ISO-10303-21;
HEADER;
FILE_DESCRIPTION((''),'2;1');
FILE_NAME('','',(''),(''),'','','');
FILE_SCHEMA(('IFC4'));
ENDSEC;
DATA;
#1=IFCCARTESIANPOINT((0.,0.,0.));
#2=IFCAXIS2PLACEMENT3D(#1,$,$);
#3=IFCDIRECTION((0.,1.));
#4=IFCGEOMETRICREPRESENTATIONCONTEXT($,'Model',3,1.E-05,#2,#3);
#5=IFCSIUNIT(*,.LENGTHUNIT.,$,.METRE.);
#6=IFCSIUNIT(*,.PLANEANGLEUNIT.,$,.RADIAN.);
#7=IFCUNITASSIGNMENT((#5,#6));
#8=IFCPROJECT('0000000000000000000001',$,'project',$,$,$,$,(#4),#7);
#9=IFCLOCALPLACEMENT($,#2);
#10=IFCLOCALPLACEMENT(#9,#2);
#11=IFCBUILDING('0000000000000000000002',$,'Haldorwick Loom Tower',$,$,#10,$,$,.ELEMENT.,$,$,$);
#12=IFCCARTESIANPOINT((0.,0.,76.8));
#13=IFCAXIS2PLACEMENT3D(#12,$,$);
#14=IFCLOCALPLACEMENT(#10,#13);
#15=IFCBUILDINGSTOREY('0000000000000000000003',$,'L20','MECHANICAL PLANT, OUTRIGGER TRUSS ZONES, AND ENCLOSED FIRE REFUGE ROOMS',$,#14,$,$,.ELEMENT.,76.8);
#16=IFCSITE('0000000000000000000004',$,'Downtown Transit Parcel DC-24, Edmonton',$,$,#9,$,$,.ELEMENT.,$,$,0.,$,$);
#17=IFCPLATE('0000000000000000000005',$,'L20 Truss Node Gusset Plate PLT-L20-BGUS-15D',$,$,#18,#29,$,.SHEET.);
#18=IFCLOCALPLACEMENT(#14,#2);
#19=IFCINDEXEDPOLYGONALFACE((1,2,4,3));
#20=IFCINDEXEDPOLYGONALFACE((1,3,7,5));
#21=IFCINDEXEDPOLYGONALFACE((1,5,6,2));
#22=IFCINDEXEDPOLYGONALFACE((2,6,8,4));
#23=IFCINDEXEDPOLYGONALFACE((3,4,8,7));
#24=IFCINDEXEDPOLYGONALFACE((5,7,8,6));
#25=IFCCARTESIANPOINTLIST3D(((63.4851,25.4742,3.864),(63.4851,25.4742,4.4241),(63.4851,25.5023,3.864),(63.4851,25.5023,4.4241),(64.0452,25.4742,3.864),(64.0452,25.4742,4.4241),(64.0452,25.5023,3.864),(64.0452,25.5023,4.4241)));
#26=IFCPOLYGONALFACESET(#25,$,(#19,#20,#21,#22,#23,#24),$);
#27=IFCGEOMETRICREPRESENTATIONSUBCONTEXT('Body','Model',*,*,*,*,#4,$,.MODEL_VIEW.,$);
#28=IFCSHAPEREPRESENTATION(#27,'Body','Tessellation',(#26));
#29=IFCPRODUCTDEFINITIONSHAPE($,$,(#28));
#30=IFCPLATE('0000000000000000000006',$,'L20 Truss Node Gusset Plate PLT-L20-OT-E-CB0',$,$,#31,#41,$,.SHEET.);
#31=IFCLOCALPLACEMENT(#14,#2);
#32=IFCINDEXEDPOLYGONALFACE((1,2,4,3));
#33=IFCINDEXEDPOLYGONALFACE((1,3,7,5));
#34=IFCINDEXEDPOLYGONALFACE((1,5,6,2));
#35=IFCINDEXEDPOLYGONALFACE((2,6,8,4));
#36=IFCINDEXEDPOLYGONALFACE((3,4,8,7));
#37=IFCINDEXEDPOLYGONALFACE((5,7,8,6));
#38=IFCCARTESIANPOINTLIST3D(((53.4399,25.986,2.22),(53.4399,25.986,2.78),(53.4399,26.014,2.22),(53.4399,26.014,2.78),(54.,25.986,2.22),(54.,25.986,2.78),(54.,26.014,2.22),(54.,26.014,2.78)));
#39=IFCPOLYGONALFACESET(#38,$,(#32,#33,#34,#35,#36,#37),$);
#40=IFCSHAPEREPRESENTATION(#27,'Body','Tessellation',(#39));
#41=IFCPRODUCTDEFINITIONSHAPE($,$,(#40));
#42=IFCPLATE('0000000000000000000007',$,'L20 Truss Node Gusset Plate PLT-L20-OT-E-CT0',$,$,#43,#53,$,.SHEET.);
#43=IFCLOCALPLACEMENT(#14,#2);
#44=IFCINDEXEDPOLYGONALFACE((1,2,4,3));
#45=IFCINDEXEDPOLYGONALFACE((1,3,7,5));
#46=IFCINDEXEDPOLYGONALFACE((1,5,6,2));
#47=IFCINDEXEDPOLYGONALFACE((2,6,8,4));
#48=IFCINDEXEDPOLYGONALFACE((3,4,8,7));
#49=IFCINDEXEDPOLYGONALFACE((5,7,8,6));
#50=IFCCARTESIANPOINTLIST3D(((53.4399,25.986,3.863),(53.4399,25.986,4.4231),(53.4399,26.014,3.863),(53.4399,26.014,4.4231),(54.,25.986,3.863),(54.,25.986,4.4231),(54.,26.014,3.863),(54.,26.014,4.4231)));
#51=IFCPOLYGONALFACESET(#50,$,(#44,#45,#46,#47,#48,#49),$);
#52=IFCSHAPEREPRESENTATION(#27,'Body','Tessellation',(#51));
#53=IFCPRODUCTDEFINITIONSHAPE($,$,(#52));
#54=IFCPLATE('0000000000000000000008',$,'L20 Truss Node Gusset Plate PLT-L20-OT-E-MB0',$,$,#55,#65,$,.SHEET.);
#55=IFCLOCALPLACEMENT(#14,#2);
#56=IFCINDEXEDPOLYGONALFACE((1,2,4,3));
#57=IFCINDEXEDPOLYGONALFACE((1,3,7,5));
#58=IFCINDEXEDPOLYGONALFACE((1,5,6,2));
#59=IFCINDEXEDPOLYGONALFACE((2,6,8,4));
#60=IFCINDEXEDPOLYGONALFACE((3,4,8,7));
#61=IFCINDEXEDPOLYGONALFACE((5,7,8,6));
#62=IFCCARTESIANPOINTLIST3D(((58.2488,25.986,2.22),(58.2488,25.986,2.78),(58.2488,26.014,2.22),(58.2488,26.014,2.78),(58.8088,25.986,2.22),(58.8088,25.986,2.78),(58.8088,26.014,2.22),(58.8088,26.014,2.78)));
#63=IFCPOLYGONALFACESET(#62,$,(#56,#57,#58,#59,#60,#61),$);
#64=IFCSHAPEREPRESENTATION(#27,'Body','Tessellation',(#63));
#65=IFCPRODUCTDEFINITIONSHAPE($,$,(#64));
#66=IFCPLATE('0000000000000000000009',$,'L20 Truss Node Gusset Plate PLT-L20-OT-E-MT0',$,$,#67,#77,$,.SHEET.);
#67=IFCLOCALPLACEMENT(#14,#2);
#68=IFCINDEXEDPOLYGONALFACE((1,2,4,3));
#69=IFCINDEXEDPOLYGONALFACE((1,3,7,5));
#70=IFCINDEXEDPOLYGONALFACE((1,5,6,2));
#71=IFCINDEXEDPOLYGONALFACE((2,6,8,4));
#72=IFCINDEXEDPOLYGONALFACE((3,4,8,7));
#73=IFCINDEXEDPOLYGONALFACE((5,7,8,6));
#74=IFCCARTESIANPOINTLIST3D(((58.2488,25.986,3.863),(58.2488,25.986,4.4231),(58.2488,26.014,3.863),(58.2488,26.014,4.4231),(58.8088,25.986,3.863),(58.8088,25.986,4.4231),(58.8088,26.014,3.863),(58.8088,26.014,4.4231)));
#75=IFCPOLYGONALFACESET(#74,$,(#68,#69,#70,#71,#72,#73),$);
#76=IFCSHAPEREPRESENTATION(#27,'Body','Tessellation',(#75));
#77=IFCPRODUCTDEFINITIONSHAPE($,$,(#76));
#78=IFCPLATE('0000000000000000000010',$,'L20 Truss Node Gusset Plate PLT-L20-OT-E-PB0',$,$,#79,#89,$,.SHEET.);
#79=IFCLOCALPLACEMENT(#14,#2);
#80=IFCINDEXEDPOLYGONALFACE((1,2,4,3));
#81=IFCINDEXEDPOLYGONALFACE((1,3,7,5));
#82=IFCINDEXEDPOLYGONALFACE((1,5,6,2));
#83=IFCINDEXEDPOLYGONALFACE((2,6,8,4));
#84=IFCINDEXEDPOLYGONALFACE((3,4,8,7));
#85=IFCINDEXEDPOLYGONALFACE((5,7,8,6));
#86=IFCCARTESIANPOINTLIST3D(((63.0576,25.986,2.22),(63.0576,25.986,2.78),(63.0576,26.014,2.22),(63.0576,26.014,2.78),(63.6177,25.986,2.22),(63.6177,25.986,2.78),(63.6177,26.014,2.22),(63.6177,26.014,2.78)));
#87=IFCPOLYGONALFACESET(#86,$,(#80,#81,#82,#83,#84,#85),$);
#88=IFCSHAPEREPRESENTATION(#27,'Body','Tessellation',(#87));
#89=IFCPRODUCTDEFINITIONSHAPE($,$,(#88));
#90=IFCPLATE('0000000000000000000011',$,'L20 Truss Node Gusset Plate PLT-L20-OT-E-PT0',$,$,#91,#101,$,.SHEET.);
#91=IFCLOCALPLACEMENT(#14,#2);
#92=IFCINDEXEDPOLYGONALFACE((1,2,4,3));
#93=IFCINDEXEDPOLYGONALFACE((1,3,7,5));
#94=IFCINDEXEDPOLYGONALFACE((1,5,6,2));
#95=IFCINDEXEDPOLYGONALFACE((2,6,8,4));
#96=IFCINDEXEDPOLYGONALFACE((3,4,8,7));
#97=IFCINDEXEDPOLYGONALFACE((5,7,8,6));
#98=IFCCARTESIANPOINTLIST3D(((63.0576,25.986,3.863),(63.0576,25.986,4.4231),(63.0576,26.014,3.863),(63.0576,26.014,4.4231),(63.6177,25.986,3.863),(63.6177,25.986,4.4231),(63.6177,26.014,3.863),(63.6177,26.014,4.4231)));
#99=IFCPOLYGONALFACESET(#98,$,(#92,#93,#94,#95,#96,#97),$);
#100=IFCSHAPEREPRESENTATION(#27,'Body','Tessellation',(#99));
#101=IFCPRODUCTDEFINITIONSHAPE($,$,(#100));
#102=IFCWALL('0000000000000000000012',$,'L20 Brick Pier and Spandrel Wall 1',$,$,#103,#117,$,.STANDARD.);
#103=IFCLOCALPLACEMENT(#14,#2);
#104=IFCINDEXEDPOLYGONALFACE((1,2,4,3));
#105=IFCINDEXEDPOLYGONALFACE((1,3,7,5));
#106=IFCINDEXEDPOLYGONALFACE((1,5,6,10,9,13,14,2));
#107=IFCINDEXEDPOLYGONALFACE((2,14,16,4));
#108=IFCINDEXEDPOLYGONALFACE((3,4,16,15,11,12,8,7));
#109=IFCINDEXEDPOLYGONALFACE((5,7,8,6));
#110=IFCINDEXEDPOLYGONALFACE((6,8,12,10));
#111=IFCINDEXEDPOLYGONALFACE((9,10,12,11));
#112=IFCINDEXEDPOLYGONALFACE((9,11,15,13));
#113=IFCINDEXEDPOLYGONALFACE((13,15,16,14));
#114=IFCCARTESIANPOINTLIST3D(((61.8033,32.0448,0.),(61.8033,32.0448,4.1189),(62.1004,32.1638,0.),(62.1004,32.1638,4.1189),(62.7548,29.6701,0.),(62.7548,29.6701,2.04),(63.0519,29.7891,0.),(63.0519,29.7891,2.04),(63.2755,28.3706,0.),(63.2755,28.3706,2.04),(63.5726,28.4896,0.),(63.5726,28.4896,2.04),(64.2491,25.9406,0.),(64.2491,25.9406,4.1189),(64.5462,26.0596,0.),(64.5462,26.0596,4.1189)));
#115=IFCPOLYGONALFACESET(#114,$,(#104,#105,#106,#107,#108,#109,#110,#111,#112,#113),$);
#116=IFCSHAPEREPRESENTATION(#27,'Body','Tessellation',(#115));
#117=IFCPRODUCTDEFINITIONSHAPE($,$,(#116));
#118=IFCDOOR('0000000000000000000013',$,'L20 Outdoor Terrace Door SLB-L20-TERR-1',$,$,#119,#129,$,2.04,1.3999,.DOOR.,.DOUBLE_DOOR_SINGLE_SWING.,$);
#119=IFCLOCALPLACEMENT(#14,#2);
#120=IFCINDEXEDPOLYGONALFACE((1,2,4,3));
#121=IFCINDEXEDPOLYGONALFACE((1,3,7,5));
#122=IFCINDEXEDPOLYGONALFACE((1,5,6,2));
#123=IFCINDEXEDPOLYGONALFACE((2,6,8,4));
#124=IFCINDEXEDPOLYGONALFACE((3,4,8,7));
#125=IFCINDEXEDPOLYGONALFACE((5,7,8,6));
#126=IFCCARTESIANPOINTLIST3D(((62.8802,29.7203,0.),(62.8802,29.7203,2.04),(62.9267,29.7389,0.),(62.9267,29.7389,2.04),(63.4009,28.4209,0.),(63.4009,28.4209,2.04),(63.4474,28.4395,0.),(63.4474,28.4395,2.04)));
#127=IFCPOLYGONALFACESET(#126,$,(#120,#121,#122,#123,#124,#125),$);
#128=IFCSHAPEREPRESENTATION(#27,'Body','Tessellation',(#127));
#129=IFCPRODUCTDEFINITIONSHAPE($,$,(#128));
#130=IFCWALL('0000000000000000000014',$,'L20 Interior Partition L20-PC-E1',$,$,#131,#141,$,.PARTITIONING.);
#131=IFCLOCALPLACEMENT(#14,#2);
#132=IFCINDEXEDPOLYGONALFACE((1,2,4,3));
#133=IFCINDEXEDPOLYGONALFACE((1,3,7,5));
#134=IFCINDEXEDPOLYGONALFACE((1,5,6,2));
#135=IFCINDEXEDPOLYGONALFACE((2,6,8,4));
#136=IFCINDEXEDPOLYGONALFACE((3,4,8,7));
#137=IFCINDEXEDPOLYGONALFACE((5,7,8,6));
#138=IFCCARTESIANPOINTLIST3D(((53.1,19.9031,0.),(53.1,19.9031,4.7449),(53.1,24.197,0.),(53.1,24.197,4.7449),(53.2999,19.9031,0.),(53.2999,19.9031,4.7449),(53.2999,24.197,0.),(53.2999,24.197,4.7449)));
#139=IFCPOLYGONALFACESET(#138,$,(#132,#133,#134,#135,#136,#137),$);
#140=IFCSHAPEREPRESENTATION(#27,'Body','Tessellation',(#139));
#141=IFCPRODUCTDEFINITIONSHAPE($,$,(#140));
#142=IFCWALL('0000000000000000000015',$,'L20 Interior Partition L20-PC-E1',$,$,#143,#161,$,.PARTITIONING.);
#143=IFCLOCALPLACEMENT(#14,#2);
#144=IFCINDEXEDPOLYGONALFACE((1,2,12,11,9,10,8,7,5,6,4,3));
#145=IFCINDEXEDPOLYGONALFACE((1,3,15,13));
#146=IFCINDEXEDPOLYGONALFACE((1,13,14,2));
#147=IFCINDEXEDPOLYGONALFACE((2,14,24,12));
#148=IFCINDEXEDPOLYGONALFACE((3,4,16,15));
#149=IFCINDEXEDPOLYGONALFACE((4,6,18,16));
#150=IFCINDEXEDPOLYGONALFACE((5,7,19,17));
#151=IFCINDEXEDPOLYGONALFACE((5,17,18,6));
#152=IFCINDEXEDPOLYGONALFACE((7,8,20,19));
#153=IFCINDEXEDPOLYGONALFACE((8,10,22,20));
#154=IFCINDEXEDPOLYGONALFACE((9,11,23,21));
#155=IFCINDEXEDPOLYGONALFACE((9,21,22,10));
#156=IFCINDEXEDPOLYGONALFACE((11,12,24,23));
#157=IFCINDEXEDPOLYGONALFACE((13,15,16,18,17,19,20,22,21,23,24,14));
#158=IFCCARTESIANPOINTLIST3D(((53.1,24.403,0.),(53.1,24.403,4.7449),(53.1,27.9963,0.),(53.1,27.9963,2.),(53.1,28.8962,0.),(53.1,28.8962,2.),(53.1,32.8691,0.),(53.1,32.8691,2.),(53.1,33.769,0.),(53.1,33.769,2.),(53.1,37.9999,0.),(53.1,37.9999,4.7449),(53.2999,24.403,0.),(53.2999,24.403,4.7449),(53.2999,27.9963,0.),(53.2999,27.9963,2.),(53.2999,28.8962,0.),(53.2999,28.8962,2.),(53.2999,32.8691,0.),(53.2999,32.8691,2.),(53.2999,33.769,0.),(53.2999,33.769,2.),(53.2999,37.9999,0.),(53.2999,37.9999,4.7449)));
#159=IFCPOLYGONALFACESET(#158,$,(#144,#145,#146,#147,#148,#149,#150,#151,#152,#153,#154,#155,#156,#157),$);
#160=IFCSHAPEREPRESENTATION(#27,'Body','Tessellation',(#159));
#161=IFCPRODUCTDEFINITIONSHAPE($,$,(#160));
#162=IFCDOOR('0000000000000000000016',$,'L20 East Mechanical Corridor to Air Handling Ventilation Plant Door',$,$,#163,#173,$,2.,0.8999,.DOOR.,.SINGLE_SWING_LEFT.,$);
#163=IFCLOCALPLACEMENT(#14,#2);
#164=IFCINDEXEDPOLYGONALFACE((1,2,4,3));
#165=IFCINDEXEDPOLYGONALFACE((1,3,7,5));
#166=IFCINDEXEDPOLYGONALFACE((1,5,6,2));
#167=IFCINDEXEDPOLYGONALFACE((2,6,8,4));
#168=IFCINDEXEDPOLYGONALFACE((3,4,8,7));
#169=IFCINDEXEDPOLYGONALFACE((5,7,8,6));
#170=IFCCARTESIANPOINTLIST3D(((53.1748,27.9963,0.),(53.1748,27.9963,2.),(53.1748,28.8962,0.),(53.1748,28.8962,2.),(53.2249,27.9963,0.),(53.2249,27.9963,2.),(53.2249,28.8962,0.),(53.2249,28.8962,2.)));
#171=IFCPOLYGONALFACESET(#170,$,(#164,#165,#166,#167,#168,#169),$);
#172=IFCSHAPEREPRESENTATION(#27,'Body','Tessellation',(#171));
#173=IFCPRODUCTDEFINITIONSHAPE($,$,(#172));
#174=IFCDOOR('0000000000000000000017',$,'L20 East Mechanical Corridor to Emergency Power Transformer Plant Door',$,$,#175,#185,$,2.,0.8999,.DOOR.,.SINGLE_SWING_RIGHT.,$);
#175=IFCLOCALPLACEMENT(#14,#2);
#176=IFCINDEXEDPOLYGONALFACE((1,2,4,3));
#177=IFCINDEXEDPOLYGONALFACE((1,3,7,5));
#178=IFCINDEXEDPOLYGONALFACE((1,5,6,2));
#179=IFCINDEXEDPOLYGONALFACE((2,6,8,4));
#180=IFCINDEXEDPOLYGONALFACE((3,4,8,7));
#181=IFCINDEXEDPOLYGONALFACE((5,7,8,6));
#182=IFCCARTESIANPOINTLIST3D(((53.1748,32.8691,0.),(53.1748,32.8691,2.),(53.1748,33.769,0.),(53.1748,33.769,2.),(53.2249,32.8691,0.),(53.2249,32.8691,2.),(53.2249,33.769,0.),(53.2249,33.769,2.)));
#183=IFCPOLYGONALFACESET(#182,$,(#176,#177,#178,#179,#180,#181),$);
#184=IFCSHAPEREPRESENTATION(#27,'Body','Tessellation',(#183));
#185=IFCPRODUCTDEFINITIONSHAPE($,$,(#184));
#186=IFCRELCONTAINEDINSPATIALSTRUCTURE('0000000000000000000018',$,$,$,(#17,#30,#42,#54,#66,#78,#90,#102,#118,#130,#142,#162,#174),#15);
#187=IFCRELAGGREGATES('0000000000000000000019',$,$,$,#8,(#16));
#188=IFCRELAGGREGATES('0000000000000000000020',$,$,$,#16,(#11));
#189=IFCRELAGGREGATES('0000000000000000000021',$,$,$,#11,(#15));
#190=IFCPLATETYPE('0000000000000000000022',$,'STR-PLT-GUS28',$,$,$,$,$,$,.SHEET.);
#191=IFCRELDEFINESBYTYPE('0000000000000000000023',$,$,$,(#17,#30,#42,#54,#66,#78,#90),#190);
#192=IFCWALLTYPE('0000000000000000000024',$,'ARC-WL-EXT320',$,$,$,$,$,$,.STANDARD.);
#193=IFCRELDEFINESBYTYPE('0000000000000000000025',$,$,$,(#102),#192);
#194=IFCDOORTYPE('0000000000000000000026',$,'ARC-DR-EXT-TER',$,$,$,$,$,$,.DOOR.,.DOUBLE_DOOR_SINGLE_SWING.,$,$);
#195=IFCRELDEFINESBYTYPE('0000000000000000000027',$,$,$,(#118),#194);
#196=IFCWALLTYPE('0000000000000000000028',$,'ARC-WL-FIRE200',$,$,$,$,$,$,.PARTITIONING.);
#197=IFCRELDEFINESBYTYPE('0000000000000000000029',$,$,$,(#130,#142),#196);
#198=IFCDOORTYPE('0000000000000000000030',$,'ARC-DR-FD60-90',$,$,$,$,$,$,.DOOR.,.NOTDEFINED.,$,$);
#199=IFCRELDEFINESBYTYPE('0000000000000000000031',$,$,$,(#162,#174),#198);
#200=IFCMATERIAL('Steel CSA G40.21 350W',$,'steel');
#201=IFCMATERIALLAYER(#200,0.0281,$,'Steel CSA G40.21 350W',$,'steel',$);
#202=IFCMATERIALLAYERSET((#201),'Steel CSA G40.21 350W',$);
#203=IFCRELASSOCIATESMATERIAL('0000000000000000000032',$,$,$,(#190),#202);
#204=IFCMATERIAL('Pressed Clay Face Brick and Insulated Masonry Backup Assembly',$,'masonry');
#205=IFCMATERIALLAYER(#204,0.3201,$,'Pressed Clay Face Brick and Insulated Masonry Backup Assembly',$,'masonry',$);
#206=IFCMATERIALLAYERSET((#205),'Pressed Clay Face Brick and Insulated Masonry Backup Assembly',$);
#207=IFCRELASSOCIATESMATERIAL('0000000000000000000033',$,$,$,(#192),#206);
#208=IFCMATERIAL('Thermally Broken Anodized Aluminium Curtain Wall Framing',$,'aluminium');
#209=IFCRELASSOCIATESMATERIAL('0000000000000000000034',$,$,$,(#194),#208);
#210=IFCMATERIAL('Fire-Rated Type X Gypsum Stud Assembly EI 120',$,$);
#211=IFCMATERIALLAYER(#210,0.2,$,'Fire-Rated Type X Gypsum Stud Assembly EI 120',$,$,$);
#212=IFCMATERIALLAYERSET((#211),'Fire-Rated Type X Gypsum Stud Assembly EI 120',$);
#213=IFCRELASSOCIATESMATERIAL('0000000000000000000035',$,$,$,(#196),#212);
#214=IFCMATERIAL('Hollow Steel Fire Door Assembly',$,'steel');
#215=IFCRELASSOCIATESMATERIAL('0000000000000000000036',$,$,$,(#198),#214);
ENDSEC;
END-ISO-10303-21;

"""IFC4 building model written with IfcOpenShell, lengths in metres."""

from ifc_helpers import new_model, si_unit, direction, frame, frame_2d, origin, origin_2d, place, context, subcontext, project, spatial, rectangle, extrude, material, layer, layer_set, type_object, element, fill, save


model = new_model("IFC4")

# Units and contexts
model_context = context("Model", 3, precision=1e-05, world=origin(), true_north=direction((0.0, 1.0)))
body_context = subcontext(model_context, "Body", "Model", "MODEL_VIEW")
ifc_project = project(units=[si_unit("LENGTHUNIT", "METRE"), si_unit("PLANEANGLEUNIT", "RADIAN")], contexts=[model_context])

# Site, building, storey
site_placement = place(None, origin())
site = spatial("IfcSite", under=ifc_project, at=site_placement, Name="Downtown Transit Parcel DC-24, Edmonton", CompositionType="ELEMENT", RefElevation=0.0)
building_placement = place(site_placement, origin())
building = spatial("IfcBuilding", under=site, at=building_placement, Name="Haldorwick Loom Tower", CompositionType="ELEMENT")
storey_placement = place(building_placement, frame((0.0, 0.0, 76.8)))
storey = spatial("IfcBuildingStorey", under=building, at=storey_placement, Name="L20", Description="MECHANICAL PLANT, OUTRIGGER TRUSS ZONES, AND ENCLOSED FIRE REFUGE ROOMS", CompositionType="ELEMENT", Elevation=76.8)

# Shared definitions
ifc_material_1 = material(Name="Steel CSA G40.21 350W", Category="steel")

# Plates
ifc_layer_1 = layer(ifc_material_1, 0.0281, Name="Steel CSA G40.21 350W", Category="steel")
ifc_layer_set_1 = layer_set([ifc_layer_1], Name="Steel CSA G40.21 350W")
plate_type = type_object("IfcPlateType", Name="STR-PLT-GUS28", PredefinedType="SHEET", material=ifc_layer_set_1)
for number, where, z_axis, x_axis, name in (
    (1, (63.7651, 25.4883, 3.864), (0.0, 0.0, 1.0), (1.0, 0.0, 0.0), "L20 Truss Node Gusset Plate PLT-L20-BGUS-15D"),
    (2, (53.72, 26.0, 2.22), (0.0, 0.0, 1.0), (1.0, 0.0, 0.0), "L20 Truss Node Gusset Plate PLT-L20-OT-E-CB0"),
    (3, (53.72, 26.0, 3.863), (0.0, 0.0, 1.0), (1.0, 0.0, 0.0), "L20 Truss Node Gusset Plate PLT-L20-OT-E-CT0"),
    (4, (58.5288, 26.0, 2.22), (0.0, 0.0, 1.0), (1.0, 0.0, 0.0), "L20 Truss Node Gusset Plate PLT-L20-OT-E-MB0"),
    (5, (58.5288, 26.0, 3.863), (0.0, 0.0, 1.0), (1.0, 0.0, 0.0), "L20 Truss Node Gusset Plate PLT-L20-OT-E-MT0"),
    (6, (63.3376, 26.0, 2.22), (0.0, 0.0, 1.0), (1.0, 0.0, 0.0), "L20 Truss Node Gusset Plate PLT-L20-OT-E-PB0"),
    (7, (63.3376, 26.0, 3.863), (0.0, 0.0, 1.0), (1.0, 0.0, 0.0), "L20 Truss Node Gusset Plate PLT-L20-OT-E-PT0"),
):
    element("IfcPlate", number, at=place(storey_placement, frame(where, z_axis=z_axis, x_axis=x_axis)), inside=storey, type_object=plate_type, Name=name, PredefinedType="SHEET", context=body_context, shape_type="SweptSolid", body=[
        extrude(rectangle(XDim=0.5601, YDim=0.0281, at=origin_2d()), origin(), (0.0, 0.0, 1.0), 0.5601),
    ])

# Wall, opening, door
ifc_material_2 = material(Name="Pressed Clay Face Brick and Insulated Masonry Backup Assembly", Category="masonry")
ifc_layer_2 = layer(ifc_material_2, 0.3201, Name="Pressed Clay Face Brick and Insulated Masonry Backup Assembly", Category="masonry")
ifc_layer_set_2 = layer_set([ifc_layer_2], Name="Pressed Clay Face Brick and Insulated Masonry Backup Assembly")
wall_type_1 = type_object("IfcWallType", Name="ARC-WL-EXT320", PredefinedType="STANDARD", material=ifc_layer_set_2)
wall_1_placement = place(storey_placement, frame((64.3977, 26.0, 0.0), z_axis=(0.0, 0.0, 1.0), x_axis=(-0.371928, 0.928261, 0.0)))
wall_1 = element("IfcWall", 8, at=wall_1_placement, inside=storey, type_object=wall_type_1, Name="L20 Brick Pier and Spandrel Wall 1", PredefinedType="STANDARD", context=body_context, shape_type="SweptSolid", body=[
    extrude(rectangle(XDim=6.5759, YDim=0.3201, at=frame_2d((3.2881, 0.0))), origin(), (0.0, 0.0, 1.0), 4.1189),
])
opening_1_placement = place(wall_1_placement, frame((2.6179, 0.0, 0.0)))
opening_1 = element("IfcOpeningElement", 9, at=opening_1_placement, cuts=wall_1, PredefinedType="OPENING", context=body_context, shape_type="SweptSolid", body=[
    extrude(rectangle(XDim=1.3999, YDim=2.04, at=frame_2d((0.7, 1.02))), frame((0.0, 0.1699, 0.0), z_axis=(0.0, -1.0, 0.0), x_axis=(1.0, 0.0, 0.0)), (0.0, 0.0, 1.0), 0.3401),
])
ifc_material_3 = material(Name="Thermally Broken Anodized Aluminium Curtain Wall Framing", Category="aluminium")
door_type_1 = type_object("IfcDoorType", Name="ARC-DR-EXT-TER", OperationType="DOUBLE_DOOR_SINGLE_SWING", PredefinedType="DOOR", material=ifc_material_3)
door_1_placement = place(opening_1_placement, origin())
door_1 = element("IfcDoor", 10, at=door_1_placement, inside=storey, type_object=door_type_1, Name="L20 Outdoor Terrace Door SLB-L20-TERR-1", OperationType="DOUBLE_DOOR_SINGLE_SWING", OverallHeight=2.04, OverallWidth=1.3999, PredefinedType="DOOR", context=body_context, shape_type="SweptSolid", body=[
    extrude(rectangle(XDim=1.3999, YDim=2.04, at=frame_2d((0.7, 1.02))), frame((0.0, 0.0249, 0.0), z_axis=(0.0, -1.0, 0.0), x_axis=(1.0, 0.0, 0.0)), (0.0, 0.0, 1.0), 0.05),
])
fill(opening_1, door_1)

# Wall
ifc_material_4 = material(Name="Fire-Rated Type X Gypsum Stud Assembly EI 120")
ifc_layer_3 = layer(ifc_material_4, 0.2, Name="Fire-Rated Type X Gypsum Stud Assembly EI 120")
ifc_layer_set_3 = layer_set([ifc_layer_3], Name="Fire-Rated Type X Gypsum Stud Assembly EI 120")
wall_type_2 = type_object("IfcWallType", Name="ARC-WL-FIRE200", PredefinedType="PARTITIONING", material=ifc_layer_set_3)
wall_2_placement = place(storey_placement, frame((53.2, 19.9031, 0.0), z_axis=(0.0, 0.0, 1.0), x_axis=(0.0, 1.0, 0.0)))
element("IfcWall", 11, at=wall_2_placement, inside=storey, type_object=wall_type_2, Name="L20 Interior Partition L20-PC-E1", PredefinedType="PARTITIONING", context=body_context, shape_type="SweptSolid", body=[
    extrude(rectangle(XDim=4.2939, YDim=0.2, at=frame_2d((2.147, 0.0))), origin(), (0.0, 0.0, 1.0), 4.7449),
])

# Wall, openings, doors
wall_3_placement = place(storey_placement, frame((53.2, 24.4031, 0.0), z_axis=(0.0, 0.0, 1.0), x_axis=(0.0, 1.0, 0.0)))
wall_3 = element("IfcWall", 12, at=wall_3_placement, inside=storey, type_object=wall_type_2, Name="L20 Interior Partition L20-PC-E1", PredefinedType="PARTITIONING", context=body_context, shape_type="SweptSolid", body=[
    extrude(rectangle(XDim=13.5969, YDim=0.2, at=frame_2d((6.7983, 0.0))), origin(), (0.0, 0.0, 1.0), 4.7449),
])
opening_2_placement = place(wall_3_placement, frame((3.5933, 0.0, 0.0)))
opening_2 = element("IfcOpeningElement", 13, at=opening_2_placement, cuts=wall_3, PredefinedType="OPENING", context=body_context, shape_type="SweptSolid", body=[
    extrude(rectangle(XDim=0.8999, YDim=2.0, at=frame_2d((0.45, 1.0))), frame((0.0, 0.1099, 0.0), z_axis=(0.0, -1.0, 0.0), x_axis=(1.0, 0.0, 0.0)), (0.0, 0.0, 1.0), 0.22),
])
opening_3_placement = place(wall_3_placement, frame((8.4661, 0.0, 0.0)))
opening_3 = element("IfcOpeningElement", 14, at=opening_3_placement, cuts=wall_3, PredefinedType="OPENING", context=body_context, shape_type="SweptSolid", body=[
    extrude(rectangle(XDim=0.8999, YDim=2.0, at=frame_2d((0.45, 1.0))), frame((0.0, 0.1099, 0.0), z_axis=(0.0, -1.0, 0.0), x_axis=(1.0, 0.0, 0.0)), (0.0, 0.0, 1.0), 0.22),
])
ifc_material_5 = material(Name="Hollow Steel Fire Door Assembly", Category="steel")
door_type_2 = type_object("IfcDoorType", Name="ARC-DR-FD60-90", OperationType="NOTDEFINED", PredefinedType="DOOR", material=ifc_material_5)
door_2_placement = place(opening_2_placement, frame((0.8999, 0.0, 0.0), z_axis=(0.0, 0.0, 1.0), x_axis=(-1.0, 0.0, 0.0)))
door_2 = element("IfcDoor", 15, at=door_2_placement, inside=storey, type_object=door_type_2, Name="L20 East Mechanical Corridor to Air Handling Ventilation Plant Door", OperationType="SINGLE_SWING_LEFT", OverallHeight=2.0, OverallWidth=0.8999, PredefinedType="DOOR", context=body_context, shape_type="SweptSolid", body=[
    extrude(rectangle(XDim=0.8999, YDim=2.0, at=frame_2d((0.45, 1.0))), frame((0.0, 0.0249, 0.0), z_axis=(0.0, -1.0, 0.0), x_axis=(1.0, 0.0, 0.0)), (0.0, 0.0, 1.0), 0.05),
])
fill(opening_2, door_2)
door_3_placement = place(opening_3_placement, frame((0.8999, 0.0, 0.0), z_axis=(0.0, 0.0, 1.0), x_axis=(-1.0, 0.0, 0.0)))
door_3 = element("IfcDoor", 16, at=door_3_placement, inside=storey, type_object=door_type_2, Name="L20 East Mechanical Corridor to Emergency Power Transformer Plant Door", OperationType="SINGLE_SWING_RIGHT", OverallHeight=2.0, OverallWidth=0.8999, PredefinedType="DOOR", context=body_context, shape_type="SweptSolid", body=[
    extrude(rectangle(XDim=0.8999, YDim=2.0, at=frame_2d((0.45, 1.0))), frame((0.0, 0.0249, 0.0), z_axis=(0.0, -1.0, 0.0), x_axis=(1.0, 0.0, 0.0)), (0.0, 0.0, 1.0), 0.05),
])
fill(opening_3, door_3)

save(model, "model.ifc")
